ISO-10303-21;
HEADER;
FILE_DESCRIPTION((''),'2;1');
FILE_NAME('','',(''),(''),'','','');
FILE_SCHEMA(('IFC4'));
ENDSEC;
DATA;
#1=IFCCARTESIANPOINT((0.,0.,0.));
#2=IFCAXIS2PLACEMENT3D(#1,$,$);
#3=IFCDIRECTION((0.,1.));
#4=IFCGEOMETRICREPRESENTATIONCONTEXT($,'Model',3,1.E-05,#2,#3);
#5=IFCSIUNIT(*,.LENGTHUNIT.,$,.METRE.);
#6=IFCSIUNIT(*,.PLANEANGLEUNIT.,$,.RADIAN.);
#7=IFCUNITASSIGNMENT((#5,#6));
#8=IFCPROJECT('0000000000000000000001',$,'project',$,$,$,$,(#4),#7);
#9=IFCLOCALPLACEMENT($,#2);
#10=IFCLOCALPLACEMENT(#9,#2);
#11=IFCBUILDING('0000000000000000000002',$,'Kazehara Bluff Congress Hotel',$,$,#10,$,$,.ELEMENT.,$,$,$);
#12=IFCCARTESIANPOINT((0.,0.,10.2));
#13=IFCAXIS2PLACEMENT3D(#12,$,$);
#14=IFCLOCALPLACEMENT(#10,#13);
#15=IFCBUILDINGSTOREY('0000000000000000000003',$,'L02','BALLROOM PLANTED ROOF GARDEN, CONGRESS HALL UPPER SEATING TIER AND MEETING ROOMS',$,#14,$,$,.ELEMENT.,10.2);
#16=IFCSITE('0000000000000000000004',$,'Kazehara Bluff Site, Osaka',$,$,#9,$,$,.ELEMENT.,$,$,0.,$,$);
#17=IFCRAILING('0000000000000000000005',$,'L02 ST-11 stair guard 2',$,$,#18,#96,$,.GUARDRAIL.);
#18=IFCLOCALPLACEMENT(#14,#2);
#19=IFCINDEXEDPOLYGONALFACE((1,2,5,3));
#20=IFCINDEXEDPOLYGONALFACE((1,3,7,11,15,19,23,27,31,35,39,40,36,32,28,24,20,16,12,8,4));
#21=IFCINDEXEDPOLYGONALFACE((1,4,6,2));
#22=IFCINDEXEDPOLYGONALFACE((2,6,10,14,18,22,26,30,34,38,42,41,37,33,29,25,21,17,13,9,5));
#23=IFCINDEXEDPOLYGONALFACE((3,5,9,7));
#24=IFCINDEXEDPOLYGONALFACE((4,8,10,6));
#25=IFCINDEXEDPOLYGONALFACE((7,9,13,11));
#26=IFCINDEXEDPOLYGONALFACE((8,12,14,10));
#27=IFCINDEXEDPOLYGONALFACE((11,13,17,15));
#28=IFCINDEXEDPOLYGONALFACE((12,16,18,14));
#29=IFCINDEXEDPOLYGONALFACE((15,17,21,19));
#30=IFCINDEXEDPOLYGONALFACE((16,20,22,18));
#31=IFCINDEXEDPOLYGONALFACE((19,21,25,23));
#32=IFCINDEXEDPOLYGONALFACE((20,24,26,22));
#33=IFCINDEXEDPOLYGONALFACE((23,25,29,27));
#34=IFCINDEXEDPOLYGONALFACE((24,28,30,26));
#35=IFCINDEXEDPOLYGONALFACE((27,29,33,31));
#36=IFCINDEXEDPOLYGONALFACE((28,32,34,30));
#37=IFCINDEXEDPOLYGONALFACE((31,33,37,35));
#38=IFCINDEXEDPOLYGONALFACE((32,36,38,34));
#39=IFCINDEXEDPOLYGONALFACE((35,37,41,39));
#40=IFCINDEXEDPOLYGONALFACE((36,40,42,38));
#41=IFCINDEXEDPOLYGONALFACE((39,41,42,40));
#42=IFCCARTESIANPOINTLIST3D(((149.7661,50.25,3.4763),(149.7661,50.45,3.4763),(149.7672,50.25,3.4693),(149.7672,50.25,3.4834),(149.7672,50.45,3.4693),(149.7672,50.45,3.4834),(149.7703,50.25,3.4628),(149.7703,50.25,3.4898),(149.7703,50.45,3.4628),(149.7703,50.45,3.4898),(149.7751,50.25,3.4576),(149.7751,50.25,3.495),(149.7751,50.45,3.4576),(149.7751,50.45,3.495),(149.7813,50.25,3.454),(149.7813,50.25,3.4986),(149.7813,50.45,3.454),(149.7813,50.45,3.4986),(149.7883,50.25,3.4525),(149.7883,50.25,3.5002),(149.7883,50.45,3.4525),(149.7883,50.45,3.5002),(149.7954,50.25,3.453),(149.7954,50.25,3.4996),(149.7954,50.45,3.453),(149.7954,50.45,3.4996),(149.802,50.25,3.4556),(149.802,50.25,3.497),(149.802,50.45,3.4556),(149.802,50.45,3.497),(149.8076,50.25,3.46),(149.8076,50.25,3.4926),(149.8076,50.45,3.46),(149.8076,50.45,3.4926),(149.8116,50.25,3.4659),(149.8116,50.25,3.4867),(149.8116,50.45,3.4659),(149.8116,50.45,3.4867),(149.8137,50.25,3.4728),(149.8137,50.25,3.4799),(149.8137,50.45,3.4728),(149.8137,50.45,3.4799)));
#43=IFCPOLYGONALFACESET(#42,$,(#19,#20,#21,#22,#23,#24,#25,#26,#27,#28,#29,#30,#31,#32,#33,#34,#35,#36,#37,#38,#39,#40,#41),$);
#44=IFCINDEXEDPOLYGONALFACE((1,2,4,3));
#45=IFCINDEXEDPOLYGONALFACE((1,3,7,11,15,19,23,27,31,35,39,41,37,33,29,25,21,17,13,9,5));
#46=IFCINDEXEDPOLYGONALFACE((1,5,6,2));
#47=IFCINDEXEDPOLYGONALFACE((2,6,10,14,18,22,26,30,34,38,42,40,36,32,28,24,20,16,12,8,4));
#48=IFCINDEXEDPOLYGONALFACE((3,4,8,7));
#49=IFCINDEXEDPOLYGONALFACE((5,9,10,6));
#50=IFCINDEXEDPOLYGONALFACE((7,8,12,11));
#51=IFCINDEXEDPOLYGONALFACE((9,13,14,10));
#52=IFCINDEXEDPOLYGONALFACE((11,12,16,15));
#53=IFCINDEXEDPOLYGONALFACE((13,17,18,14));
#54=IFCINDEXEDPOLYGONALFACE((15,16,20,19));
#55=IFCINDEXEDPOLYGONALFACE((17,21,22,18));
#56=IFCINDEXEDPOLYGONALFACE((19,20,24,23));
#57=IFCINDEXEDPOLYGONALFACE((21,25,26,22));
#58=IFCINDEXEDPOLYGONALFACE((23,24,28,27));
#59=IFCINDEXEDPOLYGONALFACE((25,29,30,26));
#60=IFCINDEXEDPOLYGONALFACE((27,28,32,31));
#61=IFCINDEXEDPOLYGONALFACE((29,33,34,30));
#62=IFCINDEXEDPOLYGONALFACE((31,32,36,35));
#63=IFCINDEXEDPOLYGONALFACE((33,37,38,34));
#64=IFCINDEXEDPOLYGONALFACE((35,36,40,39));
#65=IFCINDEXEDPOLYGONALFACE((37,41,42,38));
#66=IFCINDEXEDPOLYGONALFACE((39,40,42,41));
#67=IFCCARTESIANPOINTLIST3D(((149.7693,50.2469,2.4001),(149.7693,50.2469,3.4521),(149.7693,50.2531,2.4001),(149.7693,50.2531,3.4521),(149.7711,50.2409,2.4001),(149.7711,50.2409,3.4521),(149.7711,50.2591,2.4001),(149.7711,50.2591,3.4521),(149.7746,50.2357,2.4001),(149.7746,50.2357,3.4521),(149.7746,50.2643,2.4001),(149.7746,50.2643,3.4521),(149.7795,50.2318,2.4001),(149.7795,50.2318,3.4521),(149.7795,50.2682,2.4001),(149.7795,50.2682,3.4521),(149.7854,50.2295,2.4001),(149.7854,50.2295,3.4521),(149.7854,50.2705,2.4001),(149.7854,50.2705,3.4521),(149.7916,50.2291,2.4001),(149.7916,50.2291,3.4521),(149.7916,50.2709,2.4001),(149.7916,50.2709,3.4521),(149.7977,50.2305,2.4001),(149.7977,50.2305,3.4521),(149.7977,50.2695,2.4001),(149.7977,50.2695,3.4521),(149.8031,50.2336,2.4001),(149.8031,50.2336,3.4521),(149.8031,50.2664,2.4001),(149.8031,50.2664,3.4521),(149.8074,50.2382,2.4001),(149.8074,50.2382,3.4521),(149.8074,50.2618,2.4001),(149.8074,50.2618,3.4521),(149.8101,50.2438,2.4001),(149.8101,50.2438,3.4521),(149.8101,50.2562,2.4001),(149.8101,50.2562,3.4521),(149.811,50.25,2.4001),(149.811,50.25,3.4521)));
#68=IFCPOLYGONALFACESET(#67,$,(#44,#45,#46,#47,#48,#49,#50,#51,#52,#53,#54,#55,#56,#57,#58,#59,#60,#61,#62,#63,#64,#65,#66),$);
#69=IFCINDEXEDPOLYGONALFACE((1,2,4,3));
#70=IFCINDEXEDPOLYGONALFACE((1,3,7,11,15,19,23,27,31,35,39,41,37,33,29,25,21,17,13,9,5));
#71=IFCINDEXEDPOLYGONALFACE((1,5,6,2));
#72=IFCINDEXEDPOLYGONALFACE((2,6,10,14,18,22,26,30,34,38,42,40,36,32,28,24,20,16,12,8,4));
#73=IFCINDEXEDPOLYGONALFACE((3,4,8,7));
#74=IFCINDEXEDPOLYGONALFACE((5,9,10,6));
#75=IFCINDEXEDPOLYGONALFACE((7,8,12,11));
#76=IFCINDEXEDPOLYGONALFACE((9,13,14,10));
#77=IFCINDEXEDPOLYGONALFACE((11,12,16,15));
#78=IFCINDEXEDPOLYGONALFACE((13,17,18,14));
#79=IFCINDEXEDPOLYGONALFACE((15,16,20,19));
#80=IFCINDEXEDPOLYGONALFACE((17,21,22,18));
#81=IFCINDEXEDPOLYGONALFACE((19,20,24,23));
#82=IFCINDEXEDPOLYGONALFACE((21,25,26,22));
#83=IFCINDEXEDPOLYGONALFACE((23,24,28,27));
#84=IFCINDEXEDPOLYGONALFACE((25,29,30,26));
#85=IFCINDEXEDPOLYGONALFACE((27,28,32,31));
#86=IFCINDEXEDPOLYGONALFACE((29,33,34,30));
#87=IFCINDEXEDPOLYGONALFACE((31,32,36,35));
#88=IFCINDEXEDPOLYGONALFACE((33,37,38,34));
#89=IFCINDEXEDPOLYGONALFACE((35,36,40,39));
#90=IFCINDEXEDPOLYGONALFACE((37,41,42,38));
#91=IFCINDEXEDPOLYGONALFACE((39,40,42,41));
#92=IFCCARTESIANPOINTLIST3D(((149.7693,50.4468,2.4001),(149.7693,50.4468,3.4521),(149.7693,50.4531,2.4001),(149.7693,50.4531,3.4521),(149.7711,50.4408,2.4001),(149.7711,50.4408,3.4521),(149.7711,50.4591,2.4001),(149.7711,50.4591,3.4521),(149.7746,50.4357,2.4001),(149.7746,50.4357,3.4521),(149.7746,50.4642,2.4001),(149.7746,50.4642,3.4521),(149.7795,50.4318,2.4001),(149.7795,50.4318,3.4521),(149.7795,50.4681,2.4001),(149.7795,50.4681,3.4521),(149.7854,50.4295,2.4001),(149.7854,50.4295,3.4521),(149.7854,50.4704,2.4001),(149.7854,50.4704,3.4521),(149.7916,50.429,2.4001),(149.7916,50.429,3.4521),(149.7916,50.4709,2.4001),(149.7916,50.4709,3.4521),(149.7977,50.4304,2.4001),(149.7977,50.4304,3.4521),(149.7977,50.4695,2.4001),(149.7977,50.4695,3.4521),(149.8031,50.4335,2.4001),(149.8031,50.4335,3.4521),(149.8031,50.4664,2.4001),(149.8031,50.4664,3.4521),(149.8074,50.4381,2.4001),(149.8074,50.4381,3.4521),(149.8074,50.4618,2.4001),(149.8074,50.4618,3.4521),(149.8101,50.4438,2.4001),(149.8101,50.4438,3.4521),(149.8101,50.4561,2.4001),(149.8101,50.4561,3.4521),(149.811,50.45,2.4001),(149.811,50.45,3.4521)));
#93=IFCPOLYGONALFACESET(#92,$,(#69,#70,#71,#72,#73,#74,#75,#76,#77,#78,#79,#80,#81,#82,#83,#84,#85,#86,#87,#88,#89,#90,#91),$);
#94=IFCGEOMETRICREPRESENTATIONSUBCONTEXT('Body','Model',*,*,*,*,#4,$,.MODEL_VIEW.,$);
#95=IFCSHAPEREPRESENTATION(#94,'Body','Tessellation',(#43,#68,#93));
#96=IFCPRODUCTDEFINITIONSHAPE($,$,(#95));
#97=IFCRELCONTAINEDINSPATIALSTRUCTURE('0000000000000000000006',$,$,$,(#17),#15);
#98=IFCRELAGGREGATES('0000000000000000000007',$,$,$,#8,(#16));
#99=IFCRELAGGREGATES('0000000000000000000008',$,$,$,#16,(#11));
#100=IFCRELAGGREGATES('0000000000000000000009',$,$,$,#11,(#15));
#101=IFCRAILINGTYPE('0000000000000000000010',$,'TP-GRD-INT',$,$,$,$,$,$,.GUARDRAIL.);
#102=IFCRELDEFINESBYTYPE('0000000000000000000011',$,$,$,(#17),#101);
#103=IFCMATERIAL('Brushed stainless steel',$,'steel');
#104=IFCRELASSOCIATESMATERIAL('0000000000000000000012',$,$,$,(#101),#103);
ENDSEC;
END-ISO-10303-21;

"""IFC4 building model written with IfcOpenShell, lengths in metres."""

from ifc_helpers import new_model, si_unit, direction, frame, origin, origin_2d, place, context, subcontext, project, spatial, circle, extrude, material, type_object, element, save


model = new_model("IFC4")

# Units and contexts
model_context = context("Model", 3, precision=1e-05, world=origin(), true_north=direction((0.0, 1.0)))
body_context = subcontext(model_context, "Body", "Model", "MODEL_VIEW")
ifc_project = project(units=[si_unit("LENGTHUNIT", "METRE"), si_unit("PLANEANGLEUNIT", "RADIAN")], contexts=[model_context])

# Site, building, storey
site_placement = place(None, origin())
site = spatial("IfcSite", under=ifc_project, at=site_placement, Name="Kazehara Bluff Site, Osaka", CompositionType="ELEMENT", RefElevation=0.0)
building_placement = place(site_placement, origin())
building = spatial("IfcBuilding", under=site, at=building_placement, Name="Kazehara Bluff Congress Hotel", CompositionType="ELEMENT")
storey_placement = place(building_placement, frame((0.0, 0.0, 10.2)))
storey = spatial("IfcBuildingStorey", under=building, at=storey_placement, Name="L02", Description="BALLROOM PLANTED ROOF GARDEN, CONGRESS HALL UPPER SEATING TIER AND MEETING ROOMS", CompositionType="ELEMENT", Elevation=10.2)

# Railing
ifc_material_1 = material(Name="Brushed stainless steel", Category="steel")
railing_type_1 = type_object("IfcRailingType", Name="TP-GRD-INT", PredefinedType="GUARDRAIL", material=ifc_material_1)
railing_1_placement = place(storey_placement, frame((149.79, 50.25, 2.4001)))
element("IfcRailing", 1, at=railing_1_placement, inside=storey, type_object=railing_type_1, Name="L02 ST-11 stair guard 2", PredefinedType="GUARDRAIL", context=body_context, shape_type="SweptSolid", body=[
    extrude(circle(Radius=0.0239, at=origin_2d()), frame((0.0, 0.0, 1.0762), z_axis=(0.0, 1.0, 0.0), x_axis=(-1.0, 0.0, 0.0)), (0.0, 0.0, 1.0), 0.2),
    extrude(circle(Radius=0.021, at=origin_2d()), origin(), (0.0, 0.0, 1.0), 1.052),
    extrude(circle(Radius=0.021, at=origin_2d()), frame((0.0, 0.2, 0.0)), (0.0, 0.0, 1.0), 1.052),
])

save(model, "model.ifc")
